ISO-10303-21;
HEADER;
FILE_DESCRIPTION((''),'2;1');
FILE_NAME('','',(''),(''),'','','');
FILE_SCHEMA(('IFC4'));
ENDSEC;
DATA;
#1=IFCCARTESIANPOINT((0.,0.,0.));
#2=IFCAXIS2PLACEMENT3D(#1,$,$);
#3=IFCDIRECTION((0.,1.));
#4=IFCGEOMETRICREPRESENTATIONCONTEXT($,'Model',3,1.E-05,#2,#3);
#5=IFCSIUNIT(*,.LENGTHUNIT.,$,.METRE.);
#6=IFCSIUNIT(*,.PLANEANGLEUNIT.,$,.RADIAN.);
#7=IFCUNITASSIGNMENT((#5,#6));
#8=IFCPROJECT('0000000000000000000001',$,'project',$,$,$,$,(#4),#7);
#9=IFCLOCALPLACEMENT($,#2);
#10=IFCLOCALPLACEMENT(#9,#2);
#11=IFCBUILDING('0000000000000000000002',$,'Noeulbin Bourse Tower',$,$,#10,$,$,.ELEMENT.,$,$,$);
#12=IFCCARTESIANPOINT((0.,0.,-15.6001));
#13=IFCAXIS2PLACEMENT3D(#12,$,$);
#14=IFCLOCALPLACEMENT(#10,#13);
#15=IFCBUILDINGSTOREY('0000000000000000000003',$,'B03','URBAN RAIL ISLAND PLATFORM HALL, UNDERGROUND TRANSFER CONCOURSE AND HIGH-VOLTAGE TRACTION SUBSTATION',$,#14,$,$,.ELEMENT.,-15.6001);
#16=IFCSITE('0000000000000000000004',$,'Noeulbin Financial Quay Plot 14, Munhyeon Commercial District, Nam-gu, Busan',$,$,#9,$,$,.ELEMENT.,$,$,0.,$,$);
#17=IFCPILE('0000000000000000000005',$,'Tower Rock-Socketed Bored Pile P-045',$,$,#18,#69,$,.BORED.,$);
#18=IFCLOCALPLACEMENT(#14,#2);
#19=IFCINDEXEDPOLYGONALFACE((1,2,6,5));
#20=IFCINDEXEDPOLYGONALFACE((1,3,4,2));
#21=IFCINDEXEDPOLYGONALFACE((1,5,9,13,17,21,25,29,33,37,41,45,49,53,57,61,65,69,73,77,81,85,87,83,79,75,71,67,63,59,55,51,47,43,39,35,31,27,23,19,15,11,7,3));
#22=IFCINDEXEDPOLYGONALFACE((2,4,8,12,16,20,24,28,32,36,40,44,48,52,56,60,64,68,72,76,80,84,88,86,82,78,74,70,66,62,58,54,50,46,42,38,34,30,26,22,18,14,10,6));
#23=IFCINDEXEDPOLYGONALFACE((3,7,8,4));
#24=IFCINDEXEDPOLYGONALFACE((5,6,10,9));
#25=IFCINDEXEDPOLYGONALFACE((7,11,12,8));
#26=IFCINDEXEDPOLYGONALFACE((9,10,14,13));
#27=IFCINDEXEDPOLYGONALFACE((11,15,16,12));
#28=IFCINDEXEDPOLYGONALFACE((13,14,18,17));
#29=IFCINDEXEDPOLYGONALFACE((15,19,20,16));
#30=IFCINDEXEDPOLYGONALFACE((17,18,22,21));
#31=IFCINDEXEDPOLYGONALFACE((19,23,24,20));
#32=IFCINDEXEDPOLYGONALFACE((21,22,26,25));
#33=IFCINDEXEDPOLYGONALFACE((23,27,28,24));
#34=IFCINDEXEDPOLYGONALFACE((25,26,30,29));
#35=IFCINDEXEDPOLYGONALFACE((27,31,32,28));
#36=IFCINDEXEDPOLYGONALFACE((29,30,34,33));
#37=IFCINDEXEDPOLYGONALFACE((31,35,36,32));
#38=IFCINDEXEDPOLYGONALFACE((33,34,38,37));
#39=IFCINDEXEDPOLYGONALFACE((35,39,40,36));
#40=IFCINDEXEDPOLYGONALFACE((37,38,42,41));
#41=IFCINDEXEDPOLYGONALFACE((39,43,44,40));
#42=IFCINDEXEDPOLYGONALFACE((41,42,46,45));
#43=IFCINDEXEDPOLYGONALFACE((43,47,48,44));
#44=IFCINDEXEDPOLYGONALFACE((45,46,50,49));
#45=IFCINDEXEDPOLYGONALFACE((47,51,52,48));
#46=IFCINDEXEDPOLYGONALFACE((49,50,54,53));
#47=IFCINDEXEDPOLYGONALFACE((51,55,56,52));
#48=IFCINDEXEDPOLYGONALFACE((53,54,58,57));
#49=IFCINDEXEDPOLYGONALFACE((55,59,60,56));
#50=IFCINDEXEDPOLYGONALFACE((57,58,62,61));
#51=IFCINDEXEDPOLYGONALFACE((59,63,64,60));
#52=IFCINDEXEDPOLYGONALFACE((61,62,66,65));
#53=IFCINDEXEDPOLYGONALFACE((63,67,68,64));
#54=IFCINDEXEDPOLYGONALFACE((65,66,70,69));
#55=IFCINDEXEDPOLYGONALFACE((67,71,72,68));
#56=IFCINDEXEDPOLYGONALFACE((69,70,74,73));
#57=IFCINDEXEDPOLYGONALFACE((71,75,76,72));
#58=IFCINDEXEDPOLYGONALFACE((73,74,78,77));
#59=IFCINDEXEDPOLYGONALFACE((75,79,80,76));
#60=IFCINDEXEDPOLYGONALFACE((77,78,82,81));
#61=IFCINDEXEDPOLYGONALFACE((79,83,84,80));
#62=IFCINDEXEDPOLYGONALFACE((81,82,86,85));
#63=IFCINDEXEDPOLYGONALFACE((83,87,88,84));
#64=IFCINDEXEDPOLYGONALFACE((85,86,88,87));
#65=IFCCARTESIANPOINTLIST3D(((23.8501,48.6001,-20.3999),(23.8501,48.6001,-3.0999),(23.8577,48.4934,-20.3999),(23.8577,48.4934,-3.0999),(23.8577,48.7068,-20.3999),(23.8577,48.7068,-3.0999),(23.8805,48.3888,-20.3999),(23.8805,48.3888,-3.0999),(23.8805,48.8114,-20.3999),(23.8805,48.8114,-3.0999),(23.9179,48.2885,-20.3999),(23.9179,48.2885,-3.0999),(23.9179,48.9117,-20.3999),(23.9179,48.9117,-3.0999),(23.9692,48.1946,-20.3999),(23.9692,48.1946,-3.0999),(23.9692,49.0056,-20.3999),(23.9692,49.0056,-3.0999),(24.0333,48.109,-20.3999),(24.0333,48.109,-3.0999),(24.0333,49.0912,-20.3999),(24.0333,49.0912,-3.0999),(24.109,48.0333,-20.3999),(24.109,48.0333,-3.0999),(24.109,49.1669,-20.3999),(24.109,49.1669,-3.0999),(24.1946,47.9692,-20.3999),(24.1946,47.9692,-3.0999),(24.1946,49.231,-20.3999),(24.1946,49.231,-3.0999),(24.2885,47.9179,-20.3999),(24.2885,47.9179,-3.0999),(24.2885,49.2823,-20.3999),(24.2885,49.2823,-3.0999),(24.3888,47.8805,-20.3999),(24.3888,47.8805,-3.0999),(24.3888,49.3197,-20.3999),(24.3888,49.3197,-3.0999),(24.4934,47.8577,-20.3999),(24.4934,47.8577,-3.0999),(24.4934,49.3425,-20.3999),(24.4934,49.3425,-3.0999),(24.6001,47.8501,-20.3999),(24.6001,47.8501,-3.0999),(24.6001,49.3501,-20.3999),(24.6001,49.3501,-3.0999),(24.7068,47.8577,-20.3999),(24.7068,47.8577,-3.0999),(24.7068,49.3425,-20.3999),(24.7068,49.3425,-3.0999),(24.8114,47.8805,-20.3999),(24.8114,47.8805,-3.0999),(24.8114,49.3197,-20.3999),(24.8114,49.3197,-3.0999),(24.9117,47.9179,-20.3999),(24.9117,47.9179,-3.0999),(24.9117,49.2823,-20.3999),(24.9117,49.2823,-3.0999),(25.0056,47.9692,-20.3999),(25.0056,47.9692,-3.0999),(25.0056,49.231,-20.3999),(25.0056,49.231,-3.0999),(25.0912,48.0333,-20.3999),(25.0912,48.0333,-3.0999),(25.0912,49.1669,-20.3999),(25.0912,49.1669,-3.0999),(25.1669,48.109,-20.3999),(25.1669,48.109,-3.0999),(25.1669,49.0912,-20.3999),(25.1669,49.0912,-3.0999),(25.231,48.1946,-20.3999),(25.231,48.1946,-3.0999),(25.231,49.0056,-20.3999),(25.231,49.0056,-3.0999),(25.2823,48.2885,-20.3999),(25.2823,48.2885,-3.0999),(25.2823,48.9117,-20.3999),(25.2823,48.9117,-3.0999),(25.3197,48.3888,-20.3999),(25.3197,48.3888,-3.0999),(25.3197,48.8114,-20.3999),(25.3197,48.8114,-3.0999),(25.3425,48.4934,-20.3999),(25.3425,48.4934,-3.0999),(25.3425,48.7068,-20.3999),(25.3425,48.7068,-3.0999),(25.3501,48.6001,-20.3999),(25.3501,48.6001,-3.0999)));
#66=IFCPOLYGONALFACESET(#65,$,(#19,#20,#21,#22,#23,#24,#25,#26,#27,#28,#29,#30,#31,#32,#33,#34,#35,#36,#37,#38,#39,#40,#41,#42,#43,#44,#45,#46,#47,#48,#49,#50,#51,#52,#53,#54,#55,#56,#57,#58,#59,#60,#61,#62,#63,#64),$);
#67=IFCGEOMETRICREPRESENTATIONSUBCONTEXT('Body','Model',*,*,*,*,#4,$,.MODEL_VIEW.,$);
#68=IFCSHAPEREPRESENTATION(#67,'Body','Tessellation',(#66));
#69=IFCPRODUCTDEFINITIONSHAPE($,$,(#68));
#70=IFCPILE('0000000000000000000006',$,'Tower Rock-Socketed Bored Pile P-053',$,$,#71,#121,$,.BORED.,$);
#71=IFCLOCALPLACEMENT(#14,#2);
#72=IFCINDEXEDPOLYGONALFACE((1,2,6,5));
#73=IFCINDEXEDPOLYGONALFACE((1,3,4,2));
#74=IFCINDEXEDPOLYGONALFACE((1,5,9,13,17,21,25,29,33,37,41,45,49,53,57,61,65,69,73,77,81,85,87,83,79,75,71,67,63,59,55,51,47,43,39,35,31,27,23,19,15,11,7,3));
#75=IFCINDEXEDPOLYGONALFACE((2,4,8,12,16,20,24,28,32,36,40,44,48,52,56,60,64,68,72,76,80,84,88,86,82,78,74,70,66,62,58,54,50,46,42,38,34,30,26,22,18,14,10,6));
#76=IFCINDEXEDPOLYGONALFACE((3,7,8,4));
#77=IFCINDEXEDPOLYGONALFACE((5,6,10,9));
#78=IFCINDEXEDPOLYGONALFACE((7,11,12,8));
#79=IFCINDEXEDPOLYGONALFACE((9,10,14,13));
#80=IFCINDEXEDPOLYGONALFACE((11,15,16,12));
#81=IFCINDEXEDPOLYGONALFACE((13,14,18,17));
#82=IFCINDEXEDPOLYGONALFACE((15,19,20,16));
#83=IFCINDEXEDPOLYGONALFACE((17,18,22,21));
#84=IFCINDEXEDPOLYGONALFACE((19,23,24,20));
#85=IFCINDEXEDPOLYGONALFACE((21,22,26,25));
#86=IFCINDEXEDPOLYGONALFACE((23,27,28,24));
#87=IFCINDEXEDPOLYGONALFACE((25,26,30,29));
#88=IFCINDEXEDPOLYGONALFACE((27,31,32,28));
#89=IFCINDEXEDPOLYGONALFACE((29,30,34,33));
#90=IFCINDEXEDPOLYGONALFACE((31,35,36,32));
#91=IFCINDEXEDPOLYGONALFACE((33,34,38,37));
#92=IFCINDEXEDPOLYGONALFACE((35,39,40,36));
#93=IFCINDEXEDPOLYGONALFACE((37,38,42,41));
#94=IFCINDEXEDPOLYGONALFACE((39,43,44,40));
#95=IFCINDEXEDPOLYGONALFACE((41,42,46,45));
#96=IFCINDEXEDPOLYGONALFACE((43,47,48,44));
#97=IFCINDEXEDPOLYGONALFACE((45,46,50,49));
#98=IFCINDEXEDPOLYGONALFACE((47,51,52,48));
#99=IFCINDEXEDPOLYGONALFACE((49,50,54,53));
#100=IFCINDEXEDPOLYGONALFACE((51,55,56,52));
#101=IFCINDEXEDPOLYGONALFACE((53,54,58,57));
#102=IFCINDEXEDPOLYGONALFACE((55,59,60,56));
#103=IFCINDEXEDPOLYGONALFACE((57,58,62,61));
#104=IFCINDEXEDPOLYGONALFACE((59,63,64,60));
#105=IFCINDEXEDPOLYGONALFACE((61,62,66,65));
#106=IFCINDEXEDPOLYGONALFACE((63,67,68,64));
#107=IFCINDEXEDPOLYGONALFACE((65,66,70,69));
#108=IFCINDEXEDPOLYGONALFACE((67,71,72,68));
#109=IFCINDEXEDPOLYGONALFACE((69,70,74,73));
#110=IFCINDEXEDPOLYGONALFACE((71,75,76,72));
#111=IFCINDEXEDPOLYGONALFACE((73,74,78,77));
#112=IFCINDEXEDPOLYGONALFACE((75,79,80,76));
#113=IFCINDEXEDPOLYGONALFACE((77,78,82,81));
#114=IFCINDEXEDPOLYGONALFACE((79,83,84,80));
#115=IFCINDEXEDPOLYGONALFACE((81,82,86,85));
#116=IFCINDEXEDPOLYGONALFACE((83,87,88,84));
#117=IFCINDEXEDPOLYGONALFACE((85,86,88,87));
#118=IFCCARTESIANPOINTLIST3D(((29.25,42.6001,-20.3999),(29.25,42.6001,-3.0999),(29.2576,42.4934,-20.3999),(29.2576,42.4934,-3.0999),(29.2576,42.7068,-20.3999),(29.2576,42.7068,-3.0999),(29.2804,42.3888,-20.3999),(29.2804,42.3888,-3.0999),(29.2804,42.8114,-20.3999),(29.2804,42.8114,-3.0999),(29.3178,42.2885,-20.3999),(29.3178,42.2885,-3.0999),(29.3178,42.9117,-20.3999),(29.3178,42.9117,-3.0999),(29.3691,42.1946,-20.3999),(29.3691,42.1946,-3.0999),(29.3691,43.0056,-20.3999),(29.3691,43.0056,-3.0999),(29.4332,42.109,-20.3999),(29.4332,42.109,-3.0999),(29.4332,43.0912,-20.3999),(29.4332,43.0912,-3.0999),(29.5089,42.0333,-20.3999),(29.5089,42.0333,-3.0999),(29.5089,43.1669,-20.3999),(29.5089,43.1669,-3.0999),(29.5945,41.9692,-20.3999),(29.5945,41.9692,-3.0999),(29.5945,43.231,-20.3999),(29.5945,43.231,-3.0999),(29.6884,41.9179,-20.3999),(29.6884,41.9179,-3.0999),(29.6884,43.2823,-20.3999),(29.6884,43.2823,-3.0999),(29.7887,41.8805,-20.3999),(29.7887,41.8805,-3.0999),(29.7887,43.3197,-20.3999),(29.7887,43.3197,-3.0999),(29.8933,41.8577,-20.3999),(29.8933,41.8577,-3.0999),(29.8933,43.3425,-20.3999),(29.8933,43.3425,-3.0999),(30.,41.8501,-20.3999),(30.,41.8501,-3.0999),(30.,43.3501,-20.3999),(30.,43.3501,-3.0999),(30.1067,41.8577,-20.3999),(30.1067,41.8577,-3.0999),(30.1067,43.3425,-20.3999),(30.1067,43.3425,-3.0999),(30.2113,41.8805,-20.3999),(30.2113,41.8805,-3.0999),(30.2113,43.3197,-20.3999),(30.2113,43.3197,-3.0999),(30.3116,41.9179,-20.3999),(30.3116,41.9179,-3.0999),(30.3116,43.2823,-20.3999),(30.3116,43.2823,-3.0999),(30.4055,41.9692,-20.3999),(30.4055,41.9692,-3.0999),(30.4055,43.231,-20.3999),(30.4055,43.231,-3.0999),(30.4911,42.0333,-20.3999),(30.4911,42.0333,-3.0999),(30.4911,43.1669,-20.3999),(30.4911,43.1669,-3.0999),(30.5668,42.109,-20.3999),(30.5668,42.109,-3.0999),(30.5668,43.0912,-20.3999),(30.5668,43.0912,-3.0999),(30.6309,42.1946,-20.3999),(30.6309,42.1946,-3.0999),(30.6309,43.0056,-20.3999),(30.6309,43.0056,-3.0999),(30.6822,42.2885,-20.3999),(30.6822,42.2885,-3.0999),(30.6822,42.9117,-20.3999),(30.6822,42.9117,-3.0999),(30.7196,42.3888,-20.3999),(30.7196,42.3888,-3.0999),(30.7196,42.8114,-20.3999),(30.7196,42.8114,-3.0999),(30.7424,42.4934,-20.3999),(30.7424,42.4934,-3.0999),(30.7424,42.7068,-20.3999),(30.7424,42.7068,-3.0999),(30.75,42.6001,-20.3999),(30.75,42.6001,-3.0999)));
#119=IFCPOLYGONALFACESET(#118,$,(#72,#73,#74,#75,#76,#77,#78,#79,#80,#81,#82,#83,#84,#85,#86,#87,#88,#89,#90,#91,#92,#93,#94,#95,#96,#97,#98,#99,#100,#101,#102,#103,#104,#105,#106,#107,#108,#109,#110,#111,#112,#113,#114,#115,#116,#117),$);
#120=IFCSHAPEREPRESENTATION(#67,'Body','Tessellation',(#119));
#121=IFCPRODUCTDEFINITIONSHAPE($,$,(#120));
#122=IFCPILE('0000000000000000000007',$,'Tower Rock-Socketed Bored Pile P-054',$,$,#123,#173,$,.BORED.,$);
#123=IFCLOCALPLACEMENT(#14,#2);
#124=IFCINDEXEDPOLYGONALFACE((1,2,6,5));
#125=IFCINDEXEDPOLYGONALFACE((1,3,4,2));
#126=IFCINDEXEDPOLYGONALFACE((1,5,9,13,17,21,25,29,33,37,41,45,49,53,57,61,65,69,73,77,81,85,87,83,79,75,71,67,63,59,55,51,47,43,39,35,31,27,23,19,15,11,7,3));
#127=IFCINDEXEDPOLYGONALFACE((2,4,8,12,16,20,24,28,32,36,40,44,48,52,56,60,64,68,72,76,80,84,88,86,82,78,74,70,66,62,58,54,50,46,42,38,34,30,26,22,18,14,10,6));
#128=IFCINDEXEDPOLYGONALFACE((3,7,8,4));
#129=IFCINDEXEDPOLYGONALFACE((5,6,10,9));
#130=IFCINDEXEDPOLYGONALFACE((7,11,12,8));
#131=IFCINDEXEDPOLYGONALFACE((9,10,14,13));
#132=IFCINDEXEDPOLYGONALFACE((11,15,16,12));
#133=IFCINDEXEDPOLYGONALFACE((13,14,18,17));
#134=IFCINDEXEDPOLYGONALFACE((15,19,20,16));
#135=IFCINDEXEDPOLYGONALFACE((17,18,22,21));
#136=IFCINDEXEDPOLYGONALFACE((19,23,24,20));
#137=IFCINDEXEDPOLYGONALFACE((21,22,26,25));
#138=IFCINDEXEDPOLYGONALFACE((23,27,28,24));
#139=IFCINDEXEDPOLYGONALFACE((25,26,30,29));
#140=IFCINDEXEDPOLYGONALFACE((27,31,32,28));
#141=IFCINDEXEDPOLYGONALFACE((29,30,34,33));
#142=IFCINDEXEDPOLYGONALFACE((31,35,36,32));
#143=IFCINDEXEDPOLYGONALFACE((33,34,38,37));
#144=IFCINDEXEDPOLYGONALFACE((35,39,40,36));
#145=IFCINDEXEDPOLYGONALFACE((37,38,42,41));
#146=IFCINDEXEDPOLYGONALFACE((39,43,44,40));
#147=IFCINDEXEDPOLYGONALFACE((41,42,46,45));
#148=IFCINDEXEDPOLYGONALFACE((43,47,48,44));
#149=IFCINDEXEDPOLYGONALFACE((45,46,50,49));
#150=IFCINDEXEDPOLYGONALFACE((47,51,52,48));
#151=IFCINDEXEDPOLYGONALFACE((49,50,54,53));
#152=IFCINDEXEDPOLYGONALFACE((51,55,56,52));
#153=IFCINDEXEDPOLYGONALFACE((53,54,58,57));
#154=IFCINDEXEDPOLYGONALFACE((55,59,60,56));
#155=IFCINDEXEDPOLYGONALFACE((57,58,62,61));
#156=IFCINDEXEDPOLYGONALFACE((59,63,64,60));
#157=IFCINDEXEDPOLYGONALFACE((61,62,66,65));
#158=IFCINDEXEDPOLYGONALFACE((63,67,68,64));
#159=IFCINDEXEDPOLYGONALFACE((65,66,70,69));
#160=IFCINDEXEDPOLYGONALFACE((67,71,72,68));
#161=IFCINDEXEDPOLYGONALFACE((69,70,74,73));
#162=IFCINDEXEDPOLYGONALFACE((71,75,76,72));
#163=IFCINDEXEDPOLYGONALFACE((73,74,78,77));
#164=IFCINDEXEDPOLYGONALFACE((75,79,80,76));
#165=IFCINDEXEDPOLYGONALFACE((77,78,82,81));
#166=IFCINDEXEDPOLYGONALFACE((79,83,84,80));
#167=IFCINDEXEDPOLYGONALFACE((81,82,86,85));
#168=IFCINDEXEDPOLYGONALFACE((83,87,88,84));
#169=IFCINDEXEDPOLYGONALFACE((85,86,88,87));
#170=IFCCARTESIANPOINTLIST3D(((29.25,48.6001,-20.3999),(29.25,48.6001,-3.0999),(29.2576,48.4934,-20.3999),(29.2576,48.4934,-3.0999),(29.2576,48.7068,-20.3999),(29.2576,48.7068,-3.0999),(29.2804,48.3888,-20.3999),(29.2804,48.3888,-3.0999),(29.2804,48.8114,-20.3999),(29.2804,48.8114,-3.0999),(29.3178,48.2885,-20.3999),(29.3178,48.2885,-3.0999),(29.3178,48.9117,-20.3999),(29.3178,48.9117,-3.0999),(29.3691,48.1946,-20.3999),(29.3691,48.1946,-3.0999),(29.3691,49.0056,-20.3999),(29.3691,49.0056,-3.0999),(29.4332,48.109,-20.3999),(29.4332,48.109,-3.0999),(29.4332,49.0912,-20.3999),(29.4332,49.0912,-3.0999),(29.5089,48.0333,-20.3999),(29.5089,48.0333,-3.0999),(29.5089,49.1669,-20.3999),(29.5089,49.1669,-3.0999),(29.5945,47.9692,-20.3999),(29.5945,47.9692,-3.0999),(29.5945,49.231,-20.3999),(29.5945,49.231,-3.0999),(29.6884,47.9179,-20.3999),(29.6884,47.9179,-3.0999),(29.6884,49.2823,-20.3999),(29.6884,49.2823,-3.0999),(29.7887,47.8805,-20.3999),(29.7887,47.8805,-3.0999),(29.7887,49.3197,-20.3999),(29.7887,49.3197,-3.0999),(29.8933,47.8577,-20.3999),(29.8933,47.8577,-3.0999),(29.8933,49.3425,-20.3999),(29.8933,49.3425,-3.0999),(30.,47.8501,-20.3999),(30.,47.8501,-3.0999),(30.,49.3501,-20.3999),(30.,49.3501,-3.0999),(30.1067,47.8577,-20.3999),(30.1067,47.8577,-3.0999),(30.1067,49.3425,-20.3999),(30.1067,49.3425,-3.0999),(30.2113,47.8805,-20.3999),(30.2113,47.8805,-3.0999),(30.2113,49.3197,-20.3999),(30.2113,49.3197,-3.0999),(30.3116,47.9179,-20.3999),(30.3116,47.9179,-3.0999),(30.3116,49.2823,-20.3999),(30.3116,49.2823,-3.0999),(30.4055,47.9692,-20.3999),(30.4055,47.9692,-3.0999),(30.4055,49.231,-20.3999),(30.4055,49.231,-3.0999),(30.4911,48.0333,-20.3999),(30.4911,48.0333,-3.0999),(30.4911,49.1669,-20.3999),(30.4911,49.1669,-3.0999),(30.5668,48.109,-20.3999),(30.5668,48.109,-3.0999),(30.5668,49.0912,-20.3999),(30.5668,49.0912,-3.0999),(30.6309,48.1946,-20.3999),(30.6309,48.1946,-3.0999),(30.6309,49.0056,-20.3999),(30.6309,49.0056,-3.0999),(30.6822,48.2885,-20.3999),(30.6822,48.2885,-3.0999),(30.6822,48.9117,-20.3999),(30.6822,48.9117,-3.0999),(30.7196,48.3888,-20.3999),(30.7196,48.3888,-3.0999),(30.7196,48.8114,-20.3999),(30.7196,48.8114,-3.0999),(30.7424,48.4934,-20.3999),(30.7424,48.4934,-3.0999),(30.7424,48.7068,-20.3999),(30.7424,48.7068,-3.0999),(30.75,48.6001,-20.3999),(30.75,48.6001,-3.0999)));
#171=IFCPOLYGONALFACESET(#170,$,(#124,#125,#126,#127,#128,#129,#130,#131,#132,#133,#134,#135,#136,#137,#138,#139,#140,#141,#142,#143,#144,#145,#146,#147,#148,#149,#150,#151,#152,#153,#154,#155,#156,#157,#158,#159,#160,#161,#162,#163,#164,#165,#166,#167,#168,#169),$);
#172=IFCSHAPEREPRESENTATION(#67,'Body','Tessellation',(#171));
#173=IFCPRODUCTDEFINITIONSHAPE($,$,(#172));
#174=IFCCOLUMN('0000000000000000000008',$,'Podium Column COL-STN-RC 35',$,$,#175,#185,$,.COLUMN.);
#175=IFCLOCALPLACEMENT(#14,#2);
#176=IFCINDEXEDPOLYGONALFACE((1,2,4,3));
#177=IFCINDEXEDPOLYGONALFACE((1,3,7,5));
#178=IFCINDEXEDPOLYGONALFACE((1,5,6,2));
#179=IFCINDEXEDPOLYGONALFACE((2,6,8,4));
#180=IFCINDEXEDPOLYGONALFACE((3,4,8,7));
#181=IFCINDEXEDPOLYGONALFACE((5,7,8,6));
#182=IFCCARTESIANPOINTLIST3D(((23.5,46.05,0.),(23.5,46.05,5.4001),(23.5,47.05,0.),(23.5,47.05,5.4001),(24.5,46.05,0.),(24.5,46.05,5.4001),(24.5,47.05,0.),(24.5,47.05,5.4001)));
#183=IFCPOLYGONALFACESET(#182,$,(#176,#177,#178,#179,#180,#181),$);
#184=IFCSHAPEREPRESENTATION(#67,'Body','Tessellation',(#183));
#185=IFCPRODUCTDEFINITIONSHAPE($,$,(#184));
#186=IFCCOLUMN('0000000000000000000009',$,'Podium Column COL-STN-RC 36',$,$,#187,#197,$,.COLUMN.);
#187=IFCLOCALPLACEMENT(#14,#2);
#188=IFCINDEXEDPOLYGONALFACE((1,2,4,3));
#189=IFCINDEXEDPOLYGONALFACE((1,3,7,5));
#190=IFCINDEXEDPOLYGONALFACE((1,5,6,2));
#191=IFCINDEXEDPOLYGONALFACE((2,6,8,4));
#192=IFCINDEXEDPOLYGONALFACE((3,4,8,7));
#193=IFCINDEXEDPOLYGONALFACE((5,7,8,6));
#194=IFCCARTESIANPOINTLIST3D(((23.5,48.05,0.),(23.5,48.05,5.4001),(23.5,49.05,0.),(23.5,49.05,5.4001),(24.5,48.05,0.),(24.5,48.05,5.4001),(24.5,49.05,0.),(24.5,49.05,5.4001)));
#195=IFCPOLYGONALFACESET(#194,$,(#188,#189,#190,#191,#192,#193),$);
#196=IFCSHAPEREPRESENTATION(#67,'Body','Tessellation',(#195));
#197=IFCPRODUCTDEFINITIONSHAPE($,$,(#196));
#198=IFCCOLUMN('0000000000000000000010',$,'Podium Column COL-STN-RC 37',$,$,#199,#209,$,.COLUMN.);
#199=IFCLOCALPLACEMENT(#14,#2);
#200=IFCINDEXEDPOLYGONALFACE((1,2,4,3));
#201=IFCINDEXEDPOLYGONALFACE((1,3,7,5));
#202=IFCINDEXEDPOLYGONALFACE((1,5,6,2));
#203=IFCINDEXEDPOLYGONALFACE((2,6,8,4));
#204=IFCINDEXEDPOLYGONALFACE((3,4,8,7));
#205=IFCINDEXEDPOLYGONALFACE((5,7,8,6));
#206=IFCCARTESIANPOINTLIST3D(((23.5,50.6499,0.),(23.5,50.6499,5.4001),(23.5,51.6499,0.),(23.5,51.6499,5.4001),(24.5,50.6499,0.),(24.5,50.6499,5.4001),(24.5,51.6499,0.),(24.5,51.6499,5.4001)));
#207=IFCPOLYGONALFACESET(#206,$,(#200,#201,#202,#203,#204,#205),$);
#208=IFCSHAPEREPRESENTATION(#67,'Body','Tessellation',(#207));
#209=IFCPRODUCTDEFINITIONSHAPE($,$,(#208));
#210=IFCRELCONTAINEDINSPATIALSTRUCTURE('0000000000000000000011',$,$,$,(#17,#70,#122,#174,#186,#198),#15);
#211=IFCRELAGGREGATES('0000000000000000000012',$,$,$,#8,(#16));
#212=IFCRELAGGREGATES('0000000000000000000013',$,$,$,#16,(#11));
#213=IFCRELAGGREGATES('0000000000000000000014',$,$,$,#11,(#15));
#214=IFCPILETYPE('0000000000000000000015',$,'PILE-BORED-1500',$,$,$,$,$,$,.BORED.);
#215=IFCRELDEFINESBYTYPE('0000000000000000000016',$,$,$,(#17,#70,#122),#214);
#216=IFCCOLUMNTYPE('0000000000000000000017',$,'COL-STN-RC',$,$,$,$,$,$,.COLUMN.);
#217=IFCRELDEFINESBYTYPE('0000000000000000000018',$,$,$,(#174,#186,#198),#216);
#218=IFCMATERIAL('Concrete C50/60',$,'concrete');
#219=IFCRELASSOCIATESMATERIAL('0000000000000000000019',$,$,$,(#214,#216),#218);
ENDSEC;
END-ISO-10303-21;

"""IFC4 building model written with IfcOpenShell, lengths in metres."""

from ifc_helpers import new_model, si_unit, direction, frame, origin, origin_2d, place, context, subcontext, project, spatial, rectangle, circle, extrude, material, material_profile, profile_set, type_object, element, save


model = new_model("IFC4")

# Units and contexts
model_context = context("Model", 3, precision=1e-05, world=origin(), true_north=direction((0.0, 1.0)))
body_context = subcontext(model_context, "Body", "Model", "MODEL_VIEW")
ifc_project = project(units=[si_unit("LENGTHUNIT", "METRE"), si_unit("PLANEANGLEUNIT", "RADIAN")], contexts=[model_context])

# Site, building, storey
site_placement = place(None, origin())
site = spatial("IfcSite", under=ifc_project, at=site_placement, Name="Noeulbin Financial Quay Plot 14, Munhyeon Commercial District, Nam-gu, Busan", CompositionType="ELEMENT", RefElevation=0.0)
building_placement = place(site_placement, origin())
building = spatial("IfcBuilding", under=site, at=building_placement, Name="Noeulbin Bourse Tower", CompositionType="ELEMENT")
storey_placement = place(building_placement, frame((0.0, 0.0, -15.6001)))
storey = spatial("IfcBuildingStorey", under=building, at=storey_placement, Name="B03", Description="URBAN RAIL ISLAND PLATFORM HALL, UNDERGROUND TRANSFER CONCOURSE AND HIGH-VOLTAGE TRACTION SUBSTATION", CompositionType="ELEMENT", Elevation=-15.6001)

# Piles
ifc_material_1 = material(Name="Concrete C50/60", Category="concrete")
ifc_material_profile_1 = material_profile(ifc_material_1, circle(Radius=0.75, at=origin_2d()), Name="PILE-D1500", Category="LoadBearing")
ifc_profile_set_1 = profile_set([ifc_material_profile_1], Name="Concrete C50/60")
pile_type = type_object("IfcPileType", Name="PILE-BORED-1500", PredefinedType="BORED", material=ifc_profile_set_1)
for number, where, z_axis, x_axis, name in (
    (1, (24.6001, 48.6001, -3.0999), (0.0, 0.0, -1.0), (1.0, 0.0, 0.0), "Tower Rock-Socketed Bored Pile P-045"),
    (2, (30.0, 42.6001, -3.0999), (0.0, 0.0, -1.0), (1.0, 0.0, 0.0), "Tower Rock-Socketed Bored Pile P-053"),
    (3, (30.0, 48.6001, -3.0999), (0.0, 0.0, -1.0), (1.0, 0.0, 0.0), "Tower Rock-Socketed Bored Pile P-054"),
):
    element("IfcPile", number, at=place(storey_placement, frame(where, z_axis=z_axis, x_axis=x_axis)), inside=storey, type_object=pile_type, Name=name, PredefinedType="BORED", context=body_context, shape_type="SweptSolid", body=[
        extrude(circle(Radius=0.75, at=origin_2d()), origin(), (0.0, 0.0, 1.0), 17.3),
    ])

# Columns
ifc_material_profile_2 = material_profile(ifc_material_1, rectangle(XDim=1.0, YDim=1.0, at=origin_2d()), Name="RC-COL-1000x1000", Category="LoadBearing")
ifc_profile_set_2 = profile_set([ifc_material_profile_2], Name="Concrete C50/60")
column_type = type_object("IfcColumnType", Name="COL-STN-RC", PredefinedType="COLUMN", material=ifc_profile_set_2)
for number, where, z_axis, x_axis, name in (
    (4, (24.0, 46.55, 0.0), (0.0, 0.0, 1.0), (1.0, 0.0, 0.0), "Podium Column COL-STN-RC 35"),
    (5, (24.0, 48.55, 0.0), (0.0, 0.0, 1.0), (1.0, 0.0, 0.0), "Podium Column COL-STN-RC 36"),
    (6, (24.0, 51.1499, 0.0), (0.0, 0.0, 1.0), (1.0, 0.0, 0.0), "Podium Column COL-STN-RC 37"),
):
    element("IfcColumn", number, at=place(storey_placement, frame(where, z_axis=z_axis, x_axis=x_axis)), inside=storey, type_object=column_type, Name=name, PredefinedType="COLUMN", context=body_context, shape_type="SweptSolid", body=[
        extrude(rectangle(XDim=1.0, YDim=1.0, at=origin_2d()), origin(), (0.0, 0.0, 1.0), 5.4001),
    ])

save(model, "model.ifc")
